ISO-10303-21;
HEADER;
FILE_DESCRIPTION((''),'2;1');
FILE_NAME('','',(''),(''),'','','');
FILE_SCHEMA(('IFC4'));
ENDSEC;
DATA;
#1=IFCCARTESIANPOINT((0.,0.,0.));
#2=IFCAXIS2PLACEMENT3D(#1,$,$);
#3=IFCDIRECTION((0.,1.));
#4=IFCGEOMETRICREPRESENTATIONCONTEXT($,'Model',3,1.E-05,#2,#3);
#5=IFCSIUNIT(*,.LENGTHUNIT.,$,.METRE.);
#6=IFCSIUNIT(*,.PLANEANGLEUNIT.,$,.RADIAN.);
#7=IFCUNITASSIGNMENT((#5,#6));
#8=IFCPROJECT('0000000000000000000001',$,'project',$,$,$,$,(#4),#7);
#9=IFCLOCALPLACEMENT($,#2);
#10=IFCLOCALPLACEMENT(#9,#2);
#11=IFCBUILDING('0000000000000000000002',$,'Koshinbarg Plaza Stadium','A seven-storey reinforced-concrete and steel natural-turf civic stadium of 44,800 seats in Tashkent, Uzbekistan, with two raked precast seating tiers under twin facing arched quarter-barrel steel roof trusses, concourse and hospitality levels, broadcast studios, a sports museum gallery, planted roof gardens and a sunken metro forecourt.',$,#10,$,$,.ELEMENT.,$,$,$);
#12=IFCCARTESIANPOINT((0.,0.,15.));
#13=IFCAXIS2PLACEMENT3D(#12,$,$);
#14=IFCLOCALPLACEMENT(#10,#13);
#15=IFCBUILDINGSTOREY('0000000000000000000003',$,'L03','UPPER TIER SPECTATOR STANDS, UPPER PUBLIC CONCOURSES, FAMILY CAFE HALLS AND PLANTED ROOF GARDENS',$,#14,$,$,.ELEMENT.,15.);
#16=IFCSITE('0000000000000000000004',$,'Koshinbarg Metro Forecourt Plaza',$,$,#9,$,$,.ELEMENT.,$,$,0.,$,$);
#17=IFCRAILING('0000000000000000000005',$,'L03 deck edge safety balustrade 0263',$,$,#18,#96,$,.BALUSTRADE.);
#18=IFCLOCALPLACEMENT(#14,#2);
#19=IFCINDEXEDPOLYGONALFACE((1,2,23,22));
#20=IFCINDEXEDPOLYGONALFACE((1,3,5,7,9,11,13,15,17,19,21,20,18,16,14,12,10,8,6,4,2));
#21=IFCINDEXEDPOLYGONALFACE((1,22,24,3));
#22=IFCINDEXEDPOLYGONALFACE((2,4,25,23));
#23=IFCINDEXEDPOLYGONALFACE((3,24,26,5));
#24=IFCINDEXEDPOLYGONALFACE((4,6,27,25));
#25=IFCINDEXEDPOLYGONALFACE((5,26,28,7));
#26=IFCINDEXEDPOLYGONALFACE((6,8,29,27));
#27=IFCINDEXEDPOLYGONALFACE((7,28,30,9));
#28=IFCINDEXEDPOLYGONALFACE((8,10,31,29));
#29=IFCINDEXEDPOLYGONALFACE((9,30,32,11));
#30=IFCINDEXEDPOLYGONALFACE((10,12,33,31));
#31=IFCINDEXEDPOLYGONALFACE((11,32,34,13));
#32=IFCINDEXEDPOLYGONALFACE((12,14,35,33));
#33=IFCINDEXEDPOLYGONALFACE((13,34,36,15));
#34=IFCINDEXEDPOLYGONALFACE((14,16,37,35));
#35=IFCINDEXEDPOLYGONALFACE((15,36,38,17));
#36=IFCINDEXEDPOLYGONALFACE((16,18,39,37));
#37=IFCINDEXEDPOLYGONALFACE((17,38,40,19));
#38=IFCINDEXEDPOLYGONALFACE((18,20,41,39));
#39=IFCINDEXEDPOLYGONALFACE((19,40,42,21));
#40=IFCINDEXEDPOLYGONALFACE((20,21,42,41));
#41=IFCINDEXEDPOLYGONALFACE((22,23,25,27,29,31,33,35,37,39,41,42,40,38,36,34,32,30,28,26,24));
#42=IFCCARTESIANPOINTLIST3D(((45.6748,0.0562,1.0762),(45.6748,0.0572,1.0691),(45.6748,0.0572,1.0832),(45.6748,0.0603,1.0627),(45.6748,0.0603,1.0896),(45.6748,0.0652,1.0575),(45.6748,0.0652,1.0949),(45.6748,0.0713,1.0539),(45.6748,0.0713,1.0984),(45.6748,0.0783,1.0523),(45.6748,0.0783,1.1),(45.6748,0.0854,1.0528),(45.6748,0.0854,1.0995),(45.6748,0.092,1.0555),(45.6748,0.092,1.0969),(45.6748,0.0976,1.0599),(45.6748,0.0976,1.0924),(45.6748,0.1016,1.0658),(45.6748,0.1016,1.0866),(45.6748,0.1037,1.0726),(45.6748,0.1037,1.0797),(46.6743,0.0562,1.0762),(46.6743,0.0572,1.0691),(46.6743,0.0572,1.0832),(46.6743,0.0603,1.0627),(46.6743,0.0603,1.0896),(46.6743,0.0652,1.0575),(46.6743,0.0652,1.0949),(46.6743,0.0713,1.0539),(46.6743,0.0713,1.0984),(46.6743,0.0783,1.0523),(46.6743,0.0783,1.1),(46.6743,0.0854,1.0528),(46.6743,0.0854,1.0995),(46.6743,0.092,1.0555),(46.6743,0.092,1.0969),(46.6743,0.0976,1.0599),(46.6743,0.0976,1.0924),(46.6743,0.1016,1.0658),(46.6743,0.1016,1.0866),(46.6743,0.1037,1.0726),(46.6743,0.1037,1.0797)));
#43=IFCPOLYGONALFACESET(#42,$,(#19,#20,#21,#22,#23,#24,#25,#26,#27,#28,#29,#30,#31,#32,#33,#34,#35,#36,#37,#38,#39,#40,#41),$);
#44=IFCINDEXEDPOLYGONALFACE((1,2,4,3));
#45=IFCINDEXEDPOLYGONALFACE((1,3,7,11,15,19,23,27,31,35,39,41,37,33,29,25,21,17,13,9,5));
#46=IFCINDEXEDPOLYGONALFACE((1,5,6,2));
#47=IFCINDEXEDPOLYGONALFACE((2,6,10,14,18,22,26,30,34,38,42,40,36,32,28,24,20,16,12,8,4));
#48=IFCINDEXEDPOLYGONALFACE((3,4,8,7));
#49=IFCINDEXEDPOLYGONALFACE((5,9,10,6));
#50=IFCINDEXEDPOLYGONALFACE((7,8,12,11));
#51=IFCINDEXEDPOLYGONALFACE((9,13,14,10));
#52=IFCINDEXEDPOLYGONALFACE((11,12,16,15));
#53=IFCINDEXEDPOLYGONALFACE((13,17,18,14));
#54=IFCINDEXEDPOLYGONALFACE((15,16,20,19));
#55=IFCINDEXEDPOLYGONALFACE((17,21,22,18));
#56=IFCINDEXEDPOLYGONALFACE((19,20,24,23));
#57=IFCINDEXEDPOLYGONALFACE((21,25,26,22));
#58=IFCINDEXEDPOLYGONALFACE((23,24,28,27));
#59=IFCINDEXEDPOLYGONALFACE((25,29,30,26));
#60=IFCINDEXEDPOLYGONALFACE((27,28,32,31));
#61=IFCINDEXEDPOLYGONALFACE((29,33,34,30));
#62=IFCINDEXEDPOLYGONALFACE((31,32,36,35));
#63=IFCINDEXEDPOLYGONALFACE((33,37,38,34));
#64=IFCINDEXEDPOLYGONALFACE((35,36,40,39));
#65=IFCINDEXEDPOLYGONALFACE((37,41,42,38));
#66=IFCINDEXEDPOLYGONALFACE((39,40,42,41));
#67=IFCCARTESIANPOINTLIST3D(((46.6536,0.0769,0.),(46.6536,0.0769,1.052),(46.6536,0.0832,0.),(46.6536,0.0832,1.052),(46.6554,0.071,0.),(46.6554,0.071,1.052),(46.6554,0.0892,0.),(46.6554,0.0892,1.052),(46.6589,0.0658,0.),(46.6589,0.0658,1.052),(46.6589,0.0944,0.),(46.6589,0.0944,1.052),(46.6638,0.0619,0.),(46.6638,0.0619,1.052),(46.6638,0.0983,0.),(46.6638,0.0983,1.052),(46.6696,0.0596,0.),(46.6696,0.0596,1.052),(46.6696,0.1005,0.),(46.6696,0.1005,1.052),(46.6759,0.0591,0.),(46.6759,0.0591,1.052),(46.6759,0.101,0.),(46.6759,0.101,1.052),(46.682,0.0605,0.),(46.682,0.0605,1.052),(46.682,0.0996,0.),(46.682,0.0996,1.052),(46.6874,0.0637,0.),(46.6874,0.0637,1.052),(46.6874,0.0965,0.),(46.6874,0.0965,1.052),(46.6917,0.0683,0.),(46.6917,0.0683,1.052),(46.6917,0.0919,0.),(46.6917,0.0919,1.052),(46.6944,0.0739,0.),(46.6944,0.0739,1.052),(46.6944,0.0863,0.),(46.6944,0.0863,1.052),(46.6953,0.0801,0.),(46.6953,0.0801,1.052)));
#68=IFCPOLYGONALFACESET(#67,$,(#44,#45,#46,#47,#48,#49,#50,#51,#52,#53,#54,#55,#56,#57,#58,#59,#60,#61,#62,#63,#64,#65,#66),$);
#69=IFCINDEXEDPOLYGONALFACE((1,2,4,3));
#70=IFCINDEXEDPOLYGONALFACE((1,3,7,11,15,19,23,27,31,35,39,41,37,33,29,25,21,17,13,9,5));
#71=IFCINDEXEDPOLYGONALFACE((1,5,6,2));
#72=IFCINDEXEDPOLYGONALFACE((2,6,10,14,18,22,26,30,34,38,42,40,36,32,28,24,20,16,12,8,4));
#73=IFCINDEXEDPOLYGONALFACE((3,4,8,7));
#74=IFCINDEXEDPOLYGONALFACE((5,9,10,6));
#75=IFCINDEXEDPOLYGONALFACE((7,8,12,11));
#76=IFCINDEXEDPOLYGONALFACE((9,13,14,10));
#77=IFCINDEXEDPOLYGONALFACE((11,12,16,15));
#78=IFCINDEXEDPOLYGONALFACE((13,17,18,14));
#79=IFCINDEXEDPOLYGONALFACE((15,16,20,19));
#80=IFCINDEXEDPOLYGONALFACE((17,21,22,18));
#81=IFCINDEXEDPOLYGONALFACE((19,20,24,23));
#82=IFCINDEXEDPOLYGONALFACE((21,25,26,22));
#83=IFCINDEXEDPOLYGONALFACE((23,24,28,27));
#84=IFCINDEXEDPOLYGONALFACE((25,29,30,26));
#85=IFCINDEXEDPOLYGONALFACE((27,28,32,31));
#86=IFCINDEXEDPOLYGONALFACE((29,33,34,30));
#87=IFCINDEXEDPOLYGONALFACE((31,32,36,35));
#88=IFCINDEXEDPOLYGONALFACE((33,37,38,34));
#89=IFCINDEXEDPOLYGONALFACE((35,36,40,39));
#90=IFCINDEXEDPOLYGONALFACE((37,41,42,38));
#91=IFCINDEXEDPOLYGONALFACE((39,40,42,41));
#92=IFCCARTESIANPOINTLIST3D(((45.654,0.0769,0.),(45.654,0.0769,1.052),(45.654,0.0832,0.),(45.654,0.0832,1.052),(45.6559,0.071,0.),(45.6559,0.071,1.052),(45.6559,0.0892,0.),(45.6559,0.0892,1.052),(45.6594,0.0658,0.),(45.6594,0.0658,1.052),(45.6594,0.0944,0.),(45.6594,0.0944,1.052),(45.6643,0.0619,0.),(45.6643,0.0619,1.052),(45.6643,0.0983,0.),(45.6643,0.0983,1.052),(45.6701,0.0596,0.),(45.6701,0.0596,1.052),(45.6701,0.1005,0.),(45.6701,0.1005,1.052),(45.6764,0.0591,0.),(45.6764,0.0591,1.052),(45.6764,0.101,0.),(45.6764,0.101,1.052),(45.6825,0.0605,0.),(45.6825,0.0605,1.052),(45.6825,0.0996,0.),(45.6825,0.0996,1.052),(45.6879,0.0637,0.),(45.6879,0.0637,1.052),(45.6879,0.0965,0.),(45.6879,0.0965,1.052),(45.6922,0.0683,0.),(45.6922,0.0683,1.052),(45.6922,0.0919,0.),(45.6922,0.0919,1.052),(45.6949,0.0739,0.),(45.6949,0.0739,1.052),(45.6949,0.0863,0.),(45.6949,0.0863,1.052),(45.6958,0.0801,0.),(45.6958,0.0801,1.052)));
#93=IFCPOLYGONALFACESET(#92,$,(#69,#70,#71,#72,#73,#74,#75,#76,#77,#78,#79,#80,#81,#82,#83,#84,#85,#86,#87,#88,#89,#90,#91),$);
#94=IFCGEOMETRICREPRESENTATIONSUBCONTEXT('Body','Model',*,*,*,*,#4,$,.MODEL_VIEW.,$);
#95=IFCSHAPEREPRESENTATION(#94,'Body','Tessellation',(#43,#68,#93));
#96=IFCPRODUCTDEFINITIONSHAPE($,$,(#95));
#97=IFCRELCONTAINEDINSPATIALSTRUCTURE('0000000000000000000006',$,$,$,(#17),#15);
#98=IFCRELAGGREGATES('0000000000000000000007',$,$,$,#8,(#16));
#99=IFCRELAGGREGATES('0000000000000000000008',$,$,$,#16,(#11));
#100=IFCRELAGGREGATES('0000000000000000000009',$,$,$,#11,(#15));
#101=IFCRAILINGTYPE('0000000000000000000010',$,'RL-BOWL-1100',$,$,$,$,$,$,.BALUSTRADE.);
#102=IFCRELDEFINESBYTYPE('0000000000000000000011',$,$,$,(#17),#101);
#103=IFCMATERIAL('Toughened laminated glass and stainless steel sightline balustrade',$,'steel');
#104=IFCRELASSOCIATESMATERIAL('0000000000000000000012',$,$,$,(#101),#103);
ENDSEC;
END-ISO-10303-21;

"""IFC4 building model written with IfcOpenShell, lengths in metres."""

from ifc_helpers import new_model, si_unit, direction, frame, origin, origin_2d, place, context, subcontext, project, spatial, circle, extrude, material, type_object, element, save


model = new_model("IFC4")

# Units and contexts
model_context = context("Model", 3, precision=1e-05, world=origin(), true_north=direction((0.0, 1.0)))
body_context = subcontext(model_context, "Body", "Model", "MODEL_VIEW")
ifc_project = project(units=[si_unit("LENGTHUNIT", "METRE"), si_unit("PLANEANGLEUNIT", "RADIAN")], contexts=[model_context])

# Site, building, storey
site_placement = place(None, origin())
site = spatial("IfcSite", under=ifc_project, at=site_placement, Name="Koshinbarg Metro Forecourt Plaza", CompositionType="ELEMENT", RefElevation=0.0)
building_placement = place(site_placement, origin())
building = spatial("IfcBuilding", under=site, at=building_placement, Name="Koshinbarg Plaza Stadium", Description="A seven-storey reinforced-concrete and steel natural-turf civic stadium of 44,800 seats in Tashkent, Uzbekistan, with two raked precast seating tiers under twin facing arched quarter-barrel steel roof trusses, concourse and hospitality levels, broadcast studios, a sports museum gallery, planted roof gardens and a sunken metro forecourt.", CompositionType="ELEMENT")
storey_placement = place(building_placement, frame((0.0, 0.0, 15.0)))
storey = spatial("IfcBuildingStorey", under=building, at=storey_placement, Name="L03", Description="UPPER TIER SPECTATOR STANDS, UPPER PUBLIC CONCOURSES, FAMILY CAFE HALLS AND PLANTED ROOF GARDENS", CompositionType="ELEMENT", Elevation=15.0)

# Railing
ifc_material_1 = material(Name="Toughened laminated glass and stainless steel sightline balustrade", Category="steel")
railing_type_1 = type_object("IfcRailingType", Name="RL-BOWL-1100", PredefinedType="BALUSTRADE", material=ifc_material_1)
railing_1_placement = place(storey_placement, frame((46.6743, 0.0801, 0.0)))
element("IfcRailing", 1, at=railing_1_placement, inside=storey, type_object=railing_type_1, Name="L03 deck edge safety balustrade 0263", PredefinedType="BALUSTRADE", context=body_context, shape_type="SweptSolid", body=[
    extrude(circle(Radius=0.0239, at=origin_2d()), frame((0.0, 0.0, 1.0762), z_axis=(-1.0, 0.0, 0.0), x_axis=(0.0, -1.0, 0.0)), (0.0, 0.0, 1.0), 0.9995),
    extrude(circle(Radius=0.021, at=origin_2d()), origin(), (0.0, 0.0, 1.0), 1.052),
    extrude(circle(Radius=0.021, at=origin_2d()), frame((-0.9995, 0.0, 0.0)), (0.0, 0.0, 1.0), 1.052),
])

save(model, "model.ifc")
